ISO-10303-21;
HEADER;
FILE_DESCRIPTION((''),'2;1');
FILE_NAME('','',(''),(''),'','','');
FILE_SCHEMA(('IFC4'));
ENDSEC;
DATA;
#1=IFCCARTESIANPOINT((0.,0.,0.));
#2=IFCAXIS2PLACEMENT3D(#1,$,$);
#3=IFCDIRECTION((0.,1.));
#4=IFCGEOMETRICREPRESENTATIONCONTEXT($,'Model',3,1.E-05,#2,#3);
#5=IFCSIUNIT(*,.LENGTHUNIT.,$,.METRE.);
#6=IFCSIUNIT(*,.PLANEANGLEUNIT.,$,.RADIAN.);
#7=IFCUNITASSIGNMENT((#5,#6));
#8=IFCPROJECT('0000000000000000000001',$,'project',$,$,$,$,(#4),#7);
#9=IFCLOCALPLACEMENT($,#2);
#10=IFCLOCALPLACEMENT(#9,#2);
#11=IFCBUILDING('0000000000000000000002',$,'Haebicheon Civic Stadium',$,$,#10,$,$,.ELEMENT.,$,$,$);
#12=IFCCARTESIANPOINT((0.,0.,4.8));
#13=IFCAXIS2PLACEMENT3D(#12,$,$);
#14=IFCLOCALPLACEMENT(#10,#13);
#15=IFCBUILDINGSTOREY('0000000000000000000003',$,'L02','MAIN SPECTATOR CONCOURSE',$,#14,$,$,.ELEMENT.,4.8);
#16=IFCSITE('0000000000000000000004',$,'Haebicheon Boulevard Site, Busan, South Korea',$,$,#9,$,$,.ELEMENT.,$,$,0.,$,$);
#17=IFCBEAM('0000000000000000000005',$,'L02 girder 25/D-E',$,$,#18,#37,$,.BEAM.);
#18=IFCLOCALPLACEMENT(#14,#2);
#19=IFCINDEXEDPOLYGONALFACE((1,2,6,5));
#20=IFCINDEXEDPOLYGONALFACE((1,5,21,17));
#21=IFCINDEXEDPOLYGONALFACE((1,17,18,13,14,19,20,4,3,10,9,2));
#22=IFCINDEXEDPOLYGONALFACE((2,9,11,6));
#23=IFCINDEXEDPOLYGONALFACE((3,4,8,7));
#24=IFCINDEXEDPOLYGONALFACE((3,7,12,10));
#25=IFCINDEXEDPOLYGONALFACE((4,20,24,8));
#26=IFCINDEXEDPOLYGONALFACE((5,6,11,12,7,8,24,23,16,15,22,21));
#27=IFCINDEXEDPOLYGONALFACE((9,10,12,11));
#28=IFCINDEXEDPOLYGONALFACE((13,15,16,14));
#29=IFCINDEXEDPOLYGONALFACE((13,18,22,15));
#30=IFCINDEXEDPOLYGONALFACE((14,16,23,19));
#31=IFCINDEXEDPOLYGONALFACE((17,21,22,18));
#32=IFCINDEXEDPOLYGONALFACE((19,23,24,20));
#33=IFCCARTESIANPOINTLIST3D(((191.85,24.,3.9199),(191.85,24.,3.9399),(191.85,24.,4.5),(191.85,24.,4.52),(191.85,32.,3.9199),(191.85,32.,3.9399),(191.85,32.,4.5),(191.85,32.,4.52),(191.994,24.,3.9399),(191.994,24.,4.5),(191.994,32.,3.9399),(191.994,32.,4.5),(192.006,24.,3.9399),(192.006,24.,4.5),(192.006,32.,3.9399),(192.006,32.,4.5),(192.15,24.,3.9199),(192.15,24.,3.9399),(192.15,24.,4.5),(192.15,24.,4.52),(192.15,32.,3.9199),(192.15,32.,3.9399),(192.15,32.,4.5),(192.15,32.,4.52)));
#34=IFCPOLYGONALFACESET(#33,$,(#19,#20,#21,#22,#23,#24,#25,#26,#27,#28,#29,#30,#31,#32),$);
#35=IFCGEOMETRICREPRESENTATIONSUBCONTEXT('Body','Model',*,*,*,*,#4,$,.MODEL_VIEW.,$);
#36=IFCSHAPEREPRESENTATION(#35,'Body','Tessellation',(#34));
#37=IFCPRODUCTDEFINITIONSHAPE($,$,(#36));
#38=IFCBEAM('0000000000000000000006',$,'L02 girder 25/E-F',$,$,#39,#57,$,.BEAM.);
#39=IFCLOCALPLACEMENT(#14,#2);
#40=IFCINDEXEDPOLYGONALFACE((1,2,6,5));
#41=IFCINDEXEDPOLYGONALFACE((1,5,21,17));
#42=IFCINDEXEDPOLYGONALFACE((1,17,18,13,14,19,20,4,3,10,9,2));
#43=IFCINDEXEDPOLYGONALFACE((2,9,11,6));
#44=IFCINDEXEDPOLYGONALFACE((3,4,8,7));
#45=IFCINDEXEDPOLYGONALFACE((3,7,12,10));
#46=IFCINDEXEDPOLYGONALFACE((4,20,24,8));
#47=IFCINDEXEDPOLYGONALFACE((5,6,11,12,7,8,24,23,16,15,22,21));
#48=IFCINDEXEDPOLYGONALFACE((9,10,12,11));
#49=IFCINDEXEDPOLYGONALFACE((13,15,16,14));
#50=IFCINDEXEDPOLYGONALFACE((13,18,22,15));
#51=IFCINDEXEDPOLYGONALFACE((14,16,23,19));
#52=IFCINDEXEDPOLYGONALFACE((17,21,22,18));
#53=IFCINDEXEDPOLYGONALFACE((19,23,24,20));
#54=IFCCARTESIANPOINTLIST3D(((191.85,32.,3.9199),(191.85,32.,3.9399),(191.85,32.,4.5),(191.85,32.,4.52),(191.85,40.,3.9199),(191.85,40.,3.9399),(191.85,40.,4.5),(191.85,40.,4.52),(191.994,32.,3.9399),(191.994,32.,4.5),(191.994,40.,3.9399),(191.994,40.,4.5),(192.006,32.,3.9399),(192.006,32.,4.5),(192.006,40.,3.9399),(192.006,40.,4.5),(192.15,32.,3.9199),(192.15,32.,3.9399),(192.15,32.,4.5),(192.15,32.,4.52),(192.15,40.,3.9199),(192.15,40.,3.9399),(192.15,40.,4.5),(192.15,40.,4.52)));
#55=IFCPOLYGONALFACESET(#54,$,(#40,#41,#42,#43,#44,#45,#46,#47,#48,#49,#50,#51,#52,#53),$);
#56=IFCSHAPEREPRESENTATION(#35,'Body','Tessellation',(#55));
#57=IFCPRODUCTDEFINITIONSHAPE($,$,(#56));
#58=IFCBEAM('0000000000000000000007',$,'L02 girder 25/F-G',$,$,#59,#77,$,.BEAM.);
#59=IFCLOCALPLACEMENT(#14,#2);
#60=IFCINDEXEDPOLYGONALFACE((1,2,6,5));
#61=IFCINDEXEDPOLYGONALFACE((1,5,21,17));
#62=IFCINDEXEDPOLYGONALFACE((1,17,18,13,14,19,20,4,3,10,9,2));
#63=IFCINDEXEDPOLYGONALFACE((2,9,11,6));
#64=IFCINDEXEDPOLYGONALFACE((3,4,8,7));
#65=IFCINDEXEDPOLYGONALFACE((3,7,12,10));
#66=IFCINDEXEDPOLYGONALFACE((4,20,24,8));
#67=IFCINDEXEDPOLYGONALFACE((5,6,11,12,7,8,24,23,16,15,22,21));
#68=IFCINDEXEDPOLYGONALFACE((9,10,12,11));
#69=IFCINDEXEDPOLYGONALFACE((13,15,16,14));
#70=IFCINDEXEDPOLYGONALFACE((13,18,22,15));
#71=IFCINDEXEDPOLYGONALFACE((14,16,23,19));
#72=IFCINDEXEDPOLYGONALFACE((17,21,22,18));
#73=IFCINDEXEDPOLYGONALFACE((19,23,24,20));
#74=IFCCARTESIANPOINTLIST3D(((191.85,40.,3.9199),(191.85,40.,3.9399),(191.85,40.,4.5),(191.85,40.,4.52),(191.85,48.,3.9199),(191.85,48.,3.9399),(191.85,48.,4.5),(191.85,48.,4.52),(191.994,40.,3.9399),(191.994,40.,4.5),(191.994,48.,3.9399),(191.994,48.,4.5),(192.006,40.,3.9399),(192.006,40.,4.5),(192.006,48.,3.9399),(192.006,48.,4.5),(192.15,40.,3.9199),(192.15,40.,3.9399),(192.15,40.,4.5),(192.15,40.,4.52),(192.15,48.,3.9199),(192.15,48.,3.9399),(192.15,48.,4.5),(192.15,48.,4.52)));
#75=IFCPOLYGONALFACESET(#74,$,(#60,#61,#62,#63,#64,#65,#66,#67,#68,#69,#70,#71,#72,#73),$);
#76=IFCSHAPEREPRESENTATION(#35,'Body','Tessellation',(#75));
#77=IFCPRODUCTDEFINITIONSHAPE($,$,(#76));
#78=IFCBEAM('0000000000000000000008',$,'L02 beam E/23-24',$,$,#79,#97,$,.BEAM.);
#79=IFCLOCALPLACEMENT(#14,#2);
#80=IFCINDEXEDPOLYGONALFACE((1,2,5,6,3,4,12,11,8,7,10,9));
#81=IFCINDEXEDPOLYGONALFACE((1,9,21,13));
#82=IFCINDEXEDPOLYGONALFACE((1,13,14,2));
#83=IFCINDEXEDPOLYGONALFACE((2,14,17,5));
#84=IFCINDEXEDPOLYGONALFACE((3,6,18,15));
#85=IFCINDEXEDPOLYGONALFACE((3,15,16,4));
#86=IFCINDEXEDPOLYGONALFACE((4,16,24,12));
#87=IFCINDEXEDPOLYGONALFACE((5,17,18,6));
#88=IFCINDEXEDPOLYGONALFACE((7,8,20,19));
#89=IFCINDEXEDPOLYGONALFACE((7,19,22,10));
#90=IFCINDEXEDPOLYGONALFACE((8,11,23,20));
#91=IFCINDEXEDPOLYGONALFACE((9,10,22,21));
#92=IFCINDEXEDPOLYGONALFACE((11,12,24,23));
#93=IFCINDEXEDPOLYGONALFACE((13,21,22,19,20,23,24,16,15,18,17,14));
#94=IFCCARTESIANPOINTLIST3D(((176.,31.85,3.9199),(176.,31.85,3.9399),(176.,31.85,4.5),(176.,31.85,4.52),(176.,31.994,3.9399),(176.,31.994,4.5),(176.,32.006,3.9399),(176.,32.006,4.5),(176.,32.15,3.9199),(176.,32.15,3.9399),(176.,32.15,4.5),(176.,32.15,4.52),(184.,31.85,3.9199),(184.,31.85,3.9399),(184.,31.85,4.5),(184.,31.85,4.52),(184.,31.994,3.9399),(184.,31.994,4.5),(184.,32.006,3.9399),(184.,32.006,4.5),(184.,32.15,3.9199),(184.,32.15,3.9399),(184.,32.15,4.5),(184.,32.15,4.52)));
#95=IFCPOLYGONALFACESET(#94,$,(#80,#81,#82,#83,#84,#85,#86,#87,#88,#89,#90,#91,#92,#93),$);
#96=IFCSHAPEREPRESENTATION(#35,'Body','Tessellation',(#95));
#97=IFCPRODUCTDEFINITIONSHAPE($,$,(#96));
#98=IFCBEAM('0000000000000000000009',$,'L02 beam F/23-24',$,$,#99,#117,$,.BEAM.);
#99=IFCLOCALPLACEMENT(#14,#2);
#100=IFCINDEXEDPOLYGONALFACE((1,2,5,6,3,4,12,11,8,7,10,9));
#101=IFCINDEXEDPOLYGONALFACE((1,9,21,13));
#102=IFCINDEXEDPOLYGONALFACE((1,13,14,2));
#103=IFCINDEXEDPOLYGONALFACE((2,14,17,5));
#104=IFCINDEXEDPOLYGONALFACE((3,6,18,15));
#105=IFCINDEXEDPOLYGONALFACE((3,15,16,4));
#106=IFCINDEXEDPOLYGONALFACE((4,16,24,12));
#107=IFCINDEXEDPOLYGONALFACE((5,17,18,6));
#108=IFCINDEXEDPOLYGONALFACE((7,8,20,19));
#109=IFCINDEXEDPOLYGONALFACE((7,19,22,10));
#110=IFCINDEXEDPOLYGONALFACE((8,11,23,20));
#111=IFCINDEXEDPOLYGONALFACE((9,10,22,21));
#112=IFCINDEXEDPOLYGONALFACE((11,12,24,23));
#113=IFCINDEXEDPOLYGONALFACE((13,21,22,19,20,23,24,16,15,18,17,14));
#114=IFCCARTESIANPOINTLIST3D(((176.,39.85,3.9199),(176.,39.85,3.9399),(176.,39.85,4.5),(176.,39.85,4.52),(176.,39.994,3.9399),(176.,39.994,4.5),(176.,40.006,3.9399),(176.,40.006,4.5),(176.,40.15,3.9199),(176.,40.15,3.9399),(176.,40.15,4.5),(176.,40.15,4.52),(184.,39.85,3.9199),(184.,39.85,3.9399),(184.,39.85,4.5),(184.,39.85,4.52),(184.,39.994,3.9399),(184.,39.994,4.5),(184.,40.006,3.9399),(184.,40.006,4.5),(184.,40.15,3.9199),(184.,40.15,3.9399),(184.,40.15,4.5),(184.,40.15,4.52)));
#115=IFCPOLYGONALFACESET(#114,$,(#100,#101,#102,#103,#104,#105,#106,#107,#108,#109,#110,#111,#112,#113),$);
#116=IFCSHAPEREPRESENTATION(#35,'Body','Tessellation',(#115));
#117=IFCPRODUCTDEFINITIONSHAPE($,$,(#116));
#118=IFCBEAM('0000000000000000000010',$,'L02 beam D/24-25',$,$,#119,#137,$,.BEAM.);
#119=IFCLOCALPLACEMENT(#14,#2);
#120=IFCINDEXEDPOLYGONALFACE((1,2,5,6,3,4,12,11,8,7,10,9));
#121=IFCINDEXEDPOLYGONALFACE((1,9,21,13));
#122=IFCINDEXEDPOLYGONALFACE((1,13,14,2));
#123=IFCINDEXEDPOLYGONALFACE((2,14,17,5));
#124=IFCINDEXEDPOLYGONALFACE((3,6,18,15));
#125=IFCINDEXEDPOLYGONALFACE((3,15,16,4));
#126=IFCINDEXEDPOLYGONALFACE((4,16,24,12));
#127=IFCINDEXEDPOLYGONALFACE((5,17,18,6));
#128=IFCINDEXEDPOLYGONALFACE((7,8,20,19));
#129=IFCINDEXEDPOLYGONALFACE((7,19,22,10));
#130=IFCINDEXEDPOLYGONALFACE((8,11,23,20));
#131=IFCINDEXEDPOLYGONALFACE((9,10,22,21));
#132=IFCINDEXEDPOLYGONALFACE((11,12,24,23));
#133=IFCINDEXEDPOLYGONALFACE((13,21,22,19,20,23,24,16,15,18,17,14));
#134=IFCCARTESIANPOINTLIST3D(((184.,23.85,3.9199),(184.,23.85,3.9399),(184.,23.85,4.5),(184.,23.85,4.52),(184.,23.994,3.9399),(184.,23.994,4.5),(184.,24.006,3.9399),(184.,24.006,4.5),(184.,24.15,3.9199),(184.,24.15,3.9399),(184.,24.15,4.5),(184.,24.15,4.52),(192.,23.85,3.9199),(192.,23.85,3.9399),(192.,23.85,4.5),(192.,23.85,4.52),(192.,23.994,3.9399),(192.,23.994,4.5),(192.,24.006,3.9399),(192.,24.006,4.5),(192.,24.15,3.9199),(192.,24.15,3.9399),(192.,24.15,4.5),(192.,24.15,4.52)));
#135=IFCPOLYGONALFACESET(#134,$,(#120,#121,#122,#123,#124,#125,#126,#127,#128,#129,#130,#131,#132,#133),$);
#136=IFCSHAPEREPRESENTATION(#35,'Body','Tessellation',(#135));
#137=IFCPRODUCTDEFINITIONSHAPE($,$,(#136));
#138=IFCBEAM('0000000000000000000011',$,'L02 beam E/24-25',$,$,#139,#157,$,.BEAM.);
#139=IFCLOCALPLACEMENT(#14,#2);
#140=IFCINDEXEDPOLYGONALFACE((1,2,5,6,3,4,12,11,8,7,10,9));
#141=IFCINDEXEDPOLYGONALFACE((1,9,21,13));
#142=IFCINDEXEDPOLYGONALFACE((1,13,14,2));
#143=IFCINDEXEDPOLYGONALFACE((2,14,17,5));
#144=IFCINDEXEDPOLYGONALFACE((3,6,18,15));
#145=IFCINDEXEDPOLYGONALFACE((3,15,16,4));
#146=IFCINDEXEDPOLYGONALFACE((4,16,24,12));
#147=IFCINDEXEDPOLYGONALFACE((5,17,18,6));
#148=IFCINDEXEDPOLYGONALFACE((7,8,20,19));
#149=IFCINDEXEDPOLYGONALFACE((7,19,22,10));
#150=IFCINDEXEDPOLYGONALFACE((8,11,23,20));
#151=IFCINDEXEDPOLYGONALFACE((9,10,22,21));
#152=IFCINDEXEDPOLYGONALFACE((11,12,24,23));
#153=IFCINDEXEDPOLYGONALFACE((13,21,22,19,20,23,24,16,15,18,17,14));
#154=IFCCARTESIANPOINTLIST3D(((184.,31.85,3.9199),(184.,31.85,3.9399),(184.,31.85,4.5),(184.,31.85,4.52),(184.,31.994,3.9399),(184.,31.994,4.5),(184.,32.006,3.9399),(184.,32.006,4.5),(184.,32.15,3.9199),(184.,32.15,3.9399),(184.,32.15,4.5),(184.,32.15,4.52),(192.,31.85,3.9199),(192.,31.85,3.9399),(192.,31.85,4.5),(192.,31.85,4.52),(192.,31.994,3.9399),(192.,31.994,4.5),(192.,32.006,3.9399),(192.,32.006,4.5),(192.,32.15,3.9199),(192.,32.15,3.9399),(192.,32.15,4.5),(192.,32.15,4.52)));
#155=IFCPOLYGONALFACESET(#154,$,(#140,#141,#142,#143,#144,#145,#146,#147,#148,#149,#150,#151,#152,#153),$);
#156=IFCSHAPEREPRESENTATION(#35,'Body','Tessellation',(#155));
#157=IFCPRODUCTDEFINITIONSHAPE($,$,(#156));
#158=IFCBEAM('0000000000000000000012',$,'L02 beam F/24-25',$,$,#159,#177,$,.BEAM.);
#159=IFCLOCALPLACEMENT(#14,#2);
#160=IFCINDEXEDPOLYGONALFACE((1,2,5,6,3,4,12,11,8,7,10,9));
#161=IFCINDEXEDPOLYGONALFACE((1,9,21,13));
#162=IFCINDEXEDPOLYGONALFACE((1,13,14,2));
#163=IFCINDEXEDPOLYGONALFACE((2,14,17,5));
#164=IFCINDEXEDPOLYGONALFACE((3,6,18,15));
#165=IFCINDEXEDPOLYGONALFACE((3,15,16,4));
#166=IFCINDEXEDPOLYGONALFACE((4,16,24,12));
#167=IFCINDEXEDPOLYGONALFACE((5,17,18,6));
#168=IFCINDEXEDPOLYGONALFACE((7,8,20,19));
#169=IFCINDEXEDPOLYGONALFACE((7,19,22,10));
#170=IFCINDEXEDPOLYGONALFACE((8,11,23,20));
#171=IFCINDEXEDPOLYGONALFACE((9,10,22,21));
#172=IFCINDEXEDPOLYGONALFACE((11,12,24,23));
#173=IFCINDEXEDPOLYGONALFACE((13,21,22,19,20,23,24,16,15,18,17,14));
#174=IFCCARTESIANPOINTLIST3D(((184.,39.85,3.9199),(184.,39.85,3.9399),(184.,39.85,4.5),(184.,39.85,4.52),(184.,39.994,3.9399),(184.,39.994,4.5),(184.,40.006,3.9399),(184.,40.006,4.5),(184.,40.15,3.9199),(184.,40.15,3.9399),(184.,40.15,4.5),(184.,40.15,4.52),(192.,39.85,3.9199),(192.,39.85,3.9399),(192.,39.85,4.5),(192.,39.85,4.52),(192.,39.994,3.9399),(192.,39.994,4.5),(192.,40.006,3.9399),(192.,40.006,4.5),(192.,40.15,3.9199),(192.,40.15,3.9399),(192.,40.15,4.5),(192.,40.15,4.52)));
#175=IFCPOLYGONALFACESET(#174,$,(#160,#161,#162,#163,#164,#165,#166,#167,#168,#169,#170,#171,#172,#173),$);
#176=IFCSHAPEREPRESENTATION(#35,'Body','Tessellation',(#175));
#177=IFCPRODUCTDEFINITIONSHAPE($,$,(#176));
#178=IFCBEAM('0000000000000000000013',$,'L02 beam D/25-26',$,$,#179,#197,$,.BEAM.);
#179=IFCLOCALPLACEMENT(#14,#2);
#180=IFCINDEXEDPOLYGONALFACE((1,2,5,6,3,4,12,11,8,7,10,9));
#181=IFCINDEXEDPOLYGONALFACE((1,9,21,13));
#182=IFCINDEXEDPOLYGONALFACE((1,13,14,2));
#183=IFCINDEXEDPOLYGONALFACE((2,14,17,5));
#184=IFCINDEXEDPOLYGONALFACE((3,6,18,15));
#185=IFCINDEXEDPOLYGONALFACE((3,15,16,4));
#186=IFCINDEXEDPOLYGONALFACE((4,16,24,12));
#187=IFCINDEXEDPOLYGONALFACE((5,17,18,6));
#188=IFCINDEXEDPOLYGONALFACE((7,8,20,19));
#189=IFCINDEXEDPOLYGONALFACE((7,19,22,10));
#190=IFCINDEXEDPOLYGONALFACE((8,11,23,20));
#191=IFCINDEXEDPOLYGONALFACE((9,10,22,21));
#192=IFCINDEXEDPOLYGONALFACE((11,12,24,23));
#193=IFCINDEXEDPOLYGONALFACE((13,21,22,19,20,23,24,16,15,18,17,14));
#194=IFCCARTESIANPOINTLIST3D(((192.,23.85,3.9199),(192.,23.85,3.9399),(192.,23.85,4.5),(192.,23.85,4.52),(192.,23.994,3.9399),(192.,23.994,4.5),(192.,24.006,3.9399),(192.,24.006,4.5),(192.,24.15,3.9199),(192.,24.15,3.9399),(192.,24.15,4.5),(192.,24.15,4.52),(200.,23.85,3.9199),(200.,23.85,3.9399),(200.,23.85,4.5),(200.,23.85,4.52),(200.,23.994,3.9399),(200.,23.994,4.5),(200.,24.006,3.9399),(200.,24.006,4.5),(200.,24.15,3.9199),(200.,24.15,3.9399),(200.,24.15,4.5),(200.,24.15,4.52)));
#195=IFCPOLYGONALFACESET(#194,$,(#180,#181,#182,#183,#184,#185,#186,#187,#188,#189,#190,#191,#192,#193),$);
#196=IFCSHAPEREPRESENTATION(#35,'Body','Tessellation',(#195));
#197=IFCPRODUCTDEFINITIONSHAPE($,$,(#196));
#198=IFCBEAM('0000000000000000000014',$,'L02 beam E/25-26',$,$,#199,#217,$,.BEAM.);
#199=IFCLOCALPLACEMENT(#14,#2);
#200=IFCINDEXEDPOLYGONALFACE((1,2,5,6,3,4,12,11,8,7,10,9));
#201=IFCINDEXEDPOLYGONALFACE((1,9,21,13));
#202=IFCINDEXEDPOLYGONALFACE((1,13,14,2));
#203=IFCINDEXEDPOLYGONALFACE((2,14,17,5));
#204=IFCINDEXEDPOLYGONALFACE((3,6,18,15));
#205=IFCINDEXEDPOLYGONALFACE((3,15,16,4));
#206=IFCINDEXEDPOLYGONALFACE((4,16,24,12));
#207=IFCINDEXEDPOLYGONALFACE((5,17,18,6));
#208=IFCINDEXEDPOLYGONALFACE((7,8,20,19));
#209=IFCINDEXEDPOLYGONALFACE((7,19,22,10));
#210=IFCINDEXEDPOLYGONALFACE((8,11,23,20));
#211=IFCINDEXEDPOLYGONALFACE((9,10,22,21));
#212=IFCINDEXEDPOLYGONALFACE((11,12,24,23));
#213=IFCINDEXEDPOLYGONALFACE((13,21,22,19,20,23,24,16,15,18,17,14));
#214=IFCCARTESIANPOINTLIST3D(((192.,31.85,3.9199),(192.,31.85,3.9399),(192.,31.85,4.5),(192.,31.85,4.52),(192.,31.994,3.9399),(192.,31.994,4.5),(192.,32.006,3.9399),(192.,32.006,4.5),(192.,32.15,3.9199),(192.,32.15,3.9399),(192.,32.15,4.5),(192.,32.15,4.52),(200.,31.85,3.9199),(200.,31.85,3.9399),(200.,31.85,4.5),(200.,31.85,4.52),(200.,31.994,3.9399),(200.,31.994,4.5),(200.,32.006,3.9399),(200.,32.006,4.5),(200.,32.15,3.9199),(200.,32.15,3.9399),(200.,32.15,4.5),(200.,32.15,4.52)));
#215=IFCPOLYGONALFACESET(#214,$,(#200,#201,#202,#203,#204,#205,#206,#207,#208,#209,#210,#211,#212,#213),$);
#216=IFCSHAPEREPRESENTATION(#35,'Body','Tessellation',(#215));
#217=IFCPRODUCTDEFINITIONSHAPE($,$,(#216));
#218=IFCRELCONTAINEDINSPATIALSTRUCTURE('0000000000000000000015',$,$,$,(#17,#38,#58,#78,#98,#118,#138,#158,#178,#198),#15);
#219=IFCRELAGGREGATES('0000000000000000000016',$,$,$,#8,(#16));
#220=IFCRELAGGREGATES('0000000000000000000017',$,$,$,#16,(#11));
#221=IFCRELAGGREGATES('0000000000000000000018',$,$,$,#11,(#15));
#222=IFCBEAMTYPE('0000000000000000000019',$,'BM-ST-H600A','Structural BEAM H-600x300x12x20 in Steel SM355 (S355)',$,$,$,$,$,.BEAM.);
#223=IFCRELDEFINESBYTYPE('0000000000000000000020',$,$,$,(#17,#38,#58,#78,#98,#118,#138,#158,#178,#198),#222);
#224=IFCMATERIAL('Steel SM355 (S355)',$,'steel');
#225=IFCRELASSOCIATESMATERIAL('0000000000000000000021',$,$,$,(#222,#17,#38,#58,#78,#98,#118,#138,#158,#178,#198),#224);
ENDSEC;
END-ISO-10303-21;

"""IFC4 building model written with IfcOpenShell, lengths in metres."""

from ifc_helpers import new_model, si_unit, direction, frame, origin, origin_2d, place, context, subcontext, project, spatial, i_section, extrude, material, material_profile, profile_set, type_object, element, save


model = new_model("IFC4")

# Units and contexts
model_context = context("Model", 3, precision=1e-05, world=origin(), true_north=direction((0.0, 1.0)))
body_context = subcontext(model_context, "Body", "Model", "MODEL_VIEW")
ifc_project = project(units=[si_unit("LENGTHUNIT", "METRE"), si_unit("PLANEANGLEUNIT", "RADIAN")], contexts=[model_context])

# Site, building, storey
site_placement = place(None, origin())
site = spatial("IfcSite", under=ifc_project, at=site_placement, Name="Haebicheon Boulevard Site, Busan, South Korea", CompositionType="ELEMENT", RefElevation=0.0)
building_placement = place(site_placement, origin())
building = spatial("IfcBuilding", under=site, at=building_placement, Name="Haebicheon Civic Stadium", CompositionType="ELEMENT")
storey_placement = place(building_placement, frame((0.0, 0.0, 4.8)))
storey = spatial("IfcBuildingStorey", under=building, at=storey_placement, Name="L02", Description="MAIN SPECTATOR CONCOURSE", CompositionType="ELEMENT", Elevation=4.8)

# Beams
ifc_material_1 = material(Name="Steel SM355 (S355)", Category="steel")
ifc_material_profile_1 = material_profile(ifc_material_1, i_section(OverallWidth=0.3, OverallDepth=0.6001, WebThickness=0.012, FlangeThickness=0.02, at=origin_2d()), Name="H-600x300x12x20")
ifc_profile_set_1 = profile_set([ifc_material_profile_1], Name="Steel SM355 (S355)")
beam_type_1 = type_object("IfcBeamType", Name="BM-ST-H600A", Description="Structural BEAM H-600x300x12x20 in Steel SM355 (S355)", PredefinedType="BEAM", material=ifc_profile_set_1)
for number, where, z_axis, x_axis, name in (
    (1, (192.0, 24.0, 4.22), (0.0, 1.0, 0.0), (-1.0, 0.0, 0.0), "L02 girder 25/D-E"),
    (2, (192.0, 32.0, 4.22), (0.0, 1.0, 0.0), (-1.0, 0.0, 0.0), "L02 girder 25/E-F"),
    (3, (192.0, 40.0, 4.22), (0.0, 1.0, 0.0), (-1.0, 0.0, 0.0), "L02 girder 25/F-G"),
    (4, (176.0, 32.0, 4.22), (1.0, 0.0, 0.0), (0.0, 1.0, 0.0), "L02 beam E/23-24"),
    (5, (176.0, 40.0, 4.22), (1.0, 0.0, 0.0), (0.0, 1.0, 0.0), "L02 beam F/23-24"),
    (6, (184.0, 24.0, 4.22), (1.0, 0.0, 0.0), (0.0, 1.0, 0.0), "L02 beam D/24-25"),
    (7, (184.0, 32.0, 4.22), (1.0, 0.0, 0.0), (0.0, 1.0, 0.0), "L02 beam E/24-25"),
    (8, (184.0, 40.0, 4.22), (1.0, 0.0, 0.0), (0.0, 1.0, 0.0), "L02 beam F/24-25"),
    (9, (192.0, 24.0, 4.22), (1.0, 0.0, 0.0), (0.0, 1.0, 0.0), "L02 beam D/25-26"),
    (10, (192.0, 32.0, 4.22), (1.0, 0.0, 0.0), (0.0, 1.0, 0.0), "L02 beam E/25-26"),
):
    element("IfcBeam", number, at=place(storey_placement, frame(where, z_axis=z_axis, x_axis=x_axis)), inside=storey, type_object=beam_type_1, material=ifc_profile_set_1, Name=name, PredefinedType="BEAM", context=body_context, shape_type="SweptSolid", body=[
        extrude(i_section(OverallWidth=0.3, OverallDepth=0.6001, WebThickness=0.012, FlangeThickness=0.02, at=origin_2d()), origin(), (0.0, 0.0, 1.0), 8.0),
    ])

save(model, "model.ifc")
